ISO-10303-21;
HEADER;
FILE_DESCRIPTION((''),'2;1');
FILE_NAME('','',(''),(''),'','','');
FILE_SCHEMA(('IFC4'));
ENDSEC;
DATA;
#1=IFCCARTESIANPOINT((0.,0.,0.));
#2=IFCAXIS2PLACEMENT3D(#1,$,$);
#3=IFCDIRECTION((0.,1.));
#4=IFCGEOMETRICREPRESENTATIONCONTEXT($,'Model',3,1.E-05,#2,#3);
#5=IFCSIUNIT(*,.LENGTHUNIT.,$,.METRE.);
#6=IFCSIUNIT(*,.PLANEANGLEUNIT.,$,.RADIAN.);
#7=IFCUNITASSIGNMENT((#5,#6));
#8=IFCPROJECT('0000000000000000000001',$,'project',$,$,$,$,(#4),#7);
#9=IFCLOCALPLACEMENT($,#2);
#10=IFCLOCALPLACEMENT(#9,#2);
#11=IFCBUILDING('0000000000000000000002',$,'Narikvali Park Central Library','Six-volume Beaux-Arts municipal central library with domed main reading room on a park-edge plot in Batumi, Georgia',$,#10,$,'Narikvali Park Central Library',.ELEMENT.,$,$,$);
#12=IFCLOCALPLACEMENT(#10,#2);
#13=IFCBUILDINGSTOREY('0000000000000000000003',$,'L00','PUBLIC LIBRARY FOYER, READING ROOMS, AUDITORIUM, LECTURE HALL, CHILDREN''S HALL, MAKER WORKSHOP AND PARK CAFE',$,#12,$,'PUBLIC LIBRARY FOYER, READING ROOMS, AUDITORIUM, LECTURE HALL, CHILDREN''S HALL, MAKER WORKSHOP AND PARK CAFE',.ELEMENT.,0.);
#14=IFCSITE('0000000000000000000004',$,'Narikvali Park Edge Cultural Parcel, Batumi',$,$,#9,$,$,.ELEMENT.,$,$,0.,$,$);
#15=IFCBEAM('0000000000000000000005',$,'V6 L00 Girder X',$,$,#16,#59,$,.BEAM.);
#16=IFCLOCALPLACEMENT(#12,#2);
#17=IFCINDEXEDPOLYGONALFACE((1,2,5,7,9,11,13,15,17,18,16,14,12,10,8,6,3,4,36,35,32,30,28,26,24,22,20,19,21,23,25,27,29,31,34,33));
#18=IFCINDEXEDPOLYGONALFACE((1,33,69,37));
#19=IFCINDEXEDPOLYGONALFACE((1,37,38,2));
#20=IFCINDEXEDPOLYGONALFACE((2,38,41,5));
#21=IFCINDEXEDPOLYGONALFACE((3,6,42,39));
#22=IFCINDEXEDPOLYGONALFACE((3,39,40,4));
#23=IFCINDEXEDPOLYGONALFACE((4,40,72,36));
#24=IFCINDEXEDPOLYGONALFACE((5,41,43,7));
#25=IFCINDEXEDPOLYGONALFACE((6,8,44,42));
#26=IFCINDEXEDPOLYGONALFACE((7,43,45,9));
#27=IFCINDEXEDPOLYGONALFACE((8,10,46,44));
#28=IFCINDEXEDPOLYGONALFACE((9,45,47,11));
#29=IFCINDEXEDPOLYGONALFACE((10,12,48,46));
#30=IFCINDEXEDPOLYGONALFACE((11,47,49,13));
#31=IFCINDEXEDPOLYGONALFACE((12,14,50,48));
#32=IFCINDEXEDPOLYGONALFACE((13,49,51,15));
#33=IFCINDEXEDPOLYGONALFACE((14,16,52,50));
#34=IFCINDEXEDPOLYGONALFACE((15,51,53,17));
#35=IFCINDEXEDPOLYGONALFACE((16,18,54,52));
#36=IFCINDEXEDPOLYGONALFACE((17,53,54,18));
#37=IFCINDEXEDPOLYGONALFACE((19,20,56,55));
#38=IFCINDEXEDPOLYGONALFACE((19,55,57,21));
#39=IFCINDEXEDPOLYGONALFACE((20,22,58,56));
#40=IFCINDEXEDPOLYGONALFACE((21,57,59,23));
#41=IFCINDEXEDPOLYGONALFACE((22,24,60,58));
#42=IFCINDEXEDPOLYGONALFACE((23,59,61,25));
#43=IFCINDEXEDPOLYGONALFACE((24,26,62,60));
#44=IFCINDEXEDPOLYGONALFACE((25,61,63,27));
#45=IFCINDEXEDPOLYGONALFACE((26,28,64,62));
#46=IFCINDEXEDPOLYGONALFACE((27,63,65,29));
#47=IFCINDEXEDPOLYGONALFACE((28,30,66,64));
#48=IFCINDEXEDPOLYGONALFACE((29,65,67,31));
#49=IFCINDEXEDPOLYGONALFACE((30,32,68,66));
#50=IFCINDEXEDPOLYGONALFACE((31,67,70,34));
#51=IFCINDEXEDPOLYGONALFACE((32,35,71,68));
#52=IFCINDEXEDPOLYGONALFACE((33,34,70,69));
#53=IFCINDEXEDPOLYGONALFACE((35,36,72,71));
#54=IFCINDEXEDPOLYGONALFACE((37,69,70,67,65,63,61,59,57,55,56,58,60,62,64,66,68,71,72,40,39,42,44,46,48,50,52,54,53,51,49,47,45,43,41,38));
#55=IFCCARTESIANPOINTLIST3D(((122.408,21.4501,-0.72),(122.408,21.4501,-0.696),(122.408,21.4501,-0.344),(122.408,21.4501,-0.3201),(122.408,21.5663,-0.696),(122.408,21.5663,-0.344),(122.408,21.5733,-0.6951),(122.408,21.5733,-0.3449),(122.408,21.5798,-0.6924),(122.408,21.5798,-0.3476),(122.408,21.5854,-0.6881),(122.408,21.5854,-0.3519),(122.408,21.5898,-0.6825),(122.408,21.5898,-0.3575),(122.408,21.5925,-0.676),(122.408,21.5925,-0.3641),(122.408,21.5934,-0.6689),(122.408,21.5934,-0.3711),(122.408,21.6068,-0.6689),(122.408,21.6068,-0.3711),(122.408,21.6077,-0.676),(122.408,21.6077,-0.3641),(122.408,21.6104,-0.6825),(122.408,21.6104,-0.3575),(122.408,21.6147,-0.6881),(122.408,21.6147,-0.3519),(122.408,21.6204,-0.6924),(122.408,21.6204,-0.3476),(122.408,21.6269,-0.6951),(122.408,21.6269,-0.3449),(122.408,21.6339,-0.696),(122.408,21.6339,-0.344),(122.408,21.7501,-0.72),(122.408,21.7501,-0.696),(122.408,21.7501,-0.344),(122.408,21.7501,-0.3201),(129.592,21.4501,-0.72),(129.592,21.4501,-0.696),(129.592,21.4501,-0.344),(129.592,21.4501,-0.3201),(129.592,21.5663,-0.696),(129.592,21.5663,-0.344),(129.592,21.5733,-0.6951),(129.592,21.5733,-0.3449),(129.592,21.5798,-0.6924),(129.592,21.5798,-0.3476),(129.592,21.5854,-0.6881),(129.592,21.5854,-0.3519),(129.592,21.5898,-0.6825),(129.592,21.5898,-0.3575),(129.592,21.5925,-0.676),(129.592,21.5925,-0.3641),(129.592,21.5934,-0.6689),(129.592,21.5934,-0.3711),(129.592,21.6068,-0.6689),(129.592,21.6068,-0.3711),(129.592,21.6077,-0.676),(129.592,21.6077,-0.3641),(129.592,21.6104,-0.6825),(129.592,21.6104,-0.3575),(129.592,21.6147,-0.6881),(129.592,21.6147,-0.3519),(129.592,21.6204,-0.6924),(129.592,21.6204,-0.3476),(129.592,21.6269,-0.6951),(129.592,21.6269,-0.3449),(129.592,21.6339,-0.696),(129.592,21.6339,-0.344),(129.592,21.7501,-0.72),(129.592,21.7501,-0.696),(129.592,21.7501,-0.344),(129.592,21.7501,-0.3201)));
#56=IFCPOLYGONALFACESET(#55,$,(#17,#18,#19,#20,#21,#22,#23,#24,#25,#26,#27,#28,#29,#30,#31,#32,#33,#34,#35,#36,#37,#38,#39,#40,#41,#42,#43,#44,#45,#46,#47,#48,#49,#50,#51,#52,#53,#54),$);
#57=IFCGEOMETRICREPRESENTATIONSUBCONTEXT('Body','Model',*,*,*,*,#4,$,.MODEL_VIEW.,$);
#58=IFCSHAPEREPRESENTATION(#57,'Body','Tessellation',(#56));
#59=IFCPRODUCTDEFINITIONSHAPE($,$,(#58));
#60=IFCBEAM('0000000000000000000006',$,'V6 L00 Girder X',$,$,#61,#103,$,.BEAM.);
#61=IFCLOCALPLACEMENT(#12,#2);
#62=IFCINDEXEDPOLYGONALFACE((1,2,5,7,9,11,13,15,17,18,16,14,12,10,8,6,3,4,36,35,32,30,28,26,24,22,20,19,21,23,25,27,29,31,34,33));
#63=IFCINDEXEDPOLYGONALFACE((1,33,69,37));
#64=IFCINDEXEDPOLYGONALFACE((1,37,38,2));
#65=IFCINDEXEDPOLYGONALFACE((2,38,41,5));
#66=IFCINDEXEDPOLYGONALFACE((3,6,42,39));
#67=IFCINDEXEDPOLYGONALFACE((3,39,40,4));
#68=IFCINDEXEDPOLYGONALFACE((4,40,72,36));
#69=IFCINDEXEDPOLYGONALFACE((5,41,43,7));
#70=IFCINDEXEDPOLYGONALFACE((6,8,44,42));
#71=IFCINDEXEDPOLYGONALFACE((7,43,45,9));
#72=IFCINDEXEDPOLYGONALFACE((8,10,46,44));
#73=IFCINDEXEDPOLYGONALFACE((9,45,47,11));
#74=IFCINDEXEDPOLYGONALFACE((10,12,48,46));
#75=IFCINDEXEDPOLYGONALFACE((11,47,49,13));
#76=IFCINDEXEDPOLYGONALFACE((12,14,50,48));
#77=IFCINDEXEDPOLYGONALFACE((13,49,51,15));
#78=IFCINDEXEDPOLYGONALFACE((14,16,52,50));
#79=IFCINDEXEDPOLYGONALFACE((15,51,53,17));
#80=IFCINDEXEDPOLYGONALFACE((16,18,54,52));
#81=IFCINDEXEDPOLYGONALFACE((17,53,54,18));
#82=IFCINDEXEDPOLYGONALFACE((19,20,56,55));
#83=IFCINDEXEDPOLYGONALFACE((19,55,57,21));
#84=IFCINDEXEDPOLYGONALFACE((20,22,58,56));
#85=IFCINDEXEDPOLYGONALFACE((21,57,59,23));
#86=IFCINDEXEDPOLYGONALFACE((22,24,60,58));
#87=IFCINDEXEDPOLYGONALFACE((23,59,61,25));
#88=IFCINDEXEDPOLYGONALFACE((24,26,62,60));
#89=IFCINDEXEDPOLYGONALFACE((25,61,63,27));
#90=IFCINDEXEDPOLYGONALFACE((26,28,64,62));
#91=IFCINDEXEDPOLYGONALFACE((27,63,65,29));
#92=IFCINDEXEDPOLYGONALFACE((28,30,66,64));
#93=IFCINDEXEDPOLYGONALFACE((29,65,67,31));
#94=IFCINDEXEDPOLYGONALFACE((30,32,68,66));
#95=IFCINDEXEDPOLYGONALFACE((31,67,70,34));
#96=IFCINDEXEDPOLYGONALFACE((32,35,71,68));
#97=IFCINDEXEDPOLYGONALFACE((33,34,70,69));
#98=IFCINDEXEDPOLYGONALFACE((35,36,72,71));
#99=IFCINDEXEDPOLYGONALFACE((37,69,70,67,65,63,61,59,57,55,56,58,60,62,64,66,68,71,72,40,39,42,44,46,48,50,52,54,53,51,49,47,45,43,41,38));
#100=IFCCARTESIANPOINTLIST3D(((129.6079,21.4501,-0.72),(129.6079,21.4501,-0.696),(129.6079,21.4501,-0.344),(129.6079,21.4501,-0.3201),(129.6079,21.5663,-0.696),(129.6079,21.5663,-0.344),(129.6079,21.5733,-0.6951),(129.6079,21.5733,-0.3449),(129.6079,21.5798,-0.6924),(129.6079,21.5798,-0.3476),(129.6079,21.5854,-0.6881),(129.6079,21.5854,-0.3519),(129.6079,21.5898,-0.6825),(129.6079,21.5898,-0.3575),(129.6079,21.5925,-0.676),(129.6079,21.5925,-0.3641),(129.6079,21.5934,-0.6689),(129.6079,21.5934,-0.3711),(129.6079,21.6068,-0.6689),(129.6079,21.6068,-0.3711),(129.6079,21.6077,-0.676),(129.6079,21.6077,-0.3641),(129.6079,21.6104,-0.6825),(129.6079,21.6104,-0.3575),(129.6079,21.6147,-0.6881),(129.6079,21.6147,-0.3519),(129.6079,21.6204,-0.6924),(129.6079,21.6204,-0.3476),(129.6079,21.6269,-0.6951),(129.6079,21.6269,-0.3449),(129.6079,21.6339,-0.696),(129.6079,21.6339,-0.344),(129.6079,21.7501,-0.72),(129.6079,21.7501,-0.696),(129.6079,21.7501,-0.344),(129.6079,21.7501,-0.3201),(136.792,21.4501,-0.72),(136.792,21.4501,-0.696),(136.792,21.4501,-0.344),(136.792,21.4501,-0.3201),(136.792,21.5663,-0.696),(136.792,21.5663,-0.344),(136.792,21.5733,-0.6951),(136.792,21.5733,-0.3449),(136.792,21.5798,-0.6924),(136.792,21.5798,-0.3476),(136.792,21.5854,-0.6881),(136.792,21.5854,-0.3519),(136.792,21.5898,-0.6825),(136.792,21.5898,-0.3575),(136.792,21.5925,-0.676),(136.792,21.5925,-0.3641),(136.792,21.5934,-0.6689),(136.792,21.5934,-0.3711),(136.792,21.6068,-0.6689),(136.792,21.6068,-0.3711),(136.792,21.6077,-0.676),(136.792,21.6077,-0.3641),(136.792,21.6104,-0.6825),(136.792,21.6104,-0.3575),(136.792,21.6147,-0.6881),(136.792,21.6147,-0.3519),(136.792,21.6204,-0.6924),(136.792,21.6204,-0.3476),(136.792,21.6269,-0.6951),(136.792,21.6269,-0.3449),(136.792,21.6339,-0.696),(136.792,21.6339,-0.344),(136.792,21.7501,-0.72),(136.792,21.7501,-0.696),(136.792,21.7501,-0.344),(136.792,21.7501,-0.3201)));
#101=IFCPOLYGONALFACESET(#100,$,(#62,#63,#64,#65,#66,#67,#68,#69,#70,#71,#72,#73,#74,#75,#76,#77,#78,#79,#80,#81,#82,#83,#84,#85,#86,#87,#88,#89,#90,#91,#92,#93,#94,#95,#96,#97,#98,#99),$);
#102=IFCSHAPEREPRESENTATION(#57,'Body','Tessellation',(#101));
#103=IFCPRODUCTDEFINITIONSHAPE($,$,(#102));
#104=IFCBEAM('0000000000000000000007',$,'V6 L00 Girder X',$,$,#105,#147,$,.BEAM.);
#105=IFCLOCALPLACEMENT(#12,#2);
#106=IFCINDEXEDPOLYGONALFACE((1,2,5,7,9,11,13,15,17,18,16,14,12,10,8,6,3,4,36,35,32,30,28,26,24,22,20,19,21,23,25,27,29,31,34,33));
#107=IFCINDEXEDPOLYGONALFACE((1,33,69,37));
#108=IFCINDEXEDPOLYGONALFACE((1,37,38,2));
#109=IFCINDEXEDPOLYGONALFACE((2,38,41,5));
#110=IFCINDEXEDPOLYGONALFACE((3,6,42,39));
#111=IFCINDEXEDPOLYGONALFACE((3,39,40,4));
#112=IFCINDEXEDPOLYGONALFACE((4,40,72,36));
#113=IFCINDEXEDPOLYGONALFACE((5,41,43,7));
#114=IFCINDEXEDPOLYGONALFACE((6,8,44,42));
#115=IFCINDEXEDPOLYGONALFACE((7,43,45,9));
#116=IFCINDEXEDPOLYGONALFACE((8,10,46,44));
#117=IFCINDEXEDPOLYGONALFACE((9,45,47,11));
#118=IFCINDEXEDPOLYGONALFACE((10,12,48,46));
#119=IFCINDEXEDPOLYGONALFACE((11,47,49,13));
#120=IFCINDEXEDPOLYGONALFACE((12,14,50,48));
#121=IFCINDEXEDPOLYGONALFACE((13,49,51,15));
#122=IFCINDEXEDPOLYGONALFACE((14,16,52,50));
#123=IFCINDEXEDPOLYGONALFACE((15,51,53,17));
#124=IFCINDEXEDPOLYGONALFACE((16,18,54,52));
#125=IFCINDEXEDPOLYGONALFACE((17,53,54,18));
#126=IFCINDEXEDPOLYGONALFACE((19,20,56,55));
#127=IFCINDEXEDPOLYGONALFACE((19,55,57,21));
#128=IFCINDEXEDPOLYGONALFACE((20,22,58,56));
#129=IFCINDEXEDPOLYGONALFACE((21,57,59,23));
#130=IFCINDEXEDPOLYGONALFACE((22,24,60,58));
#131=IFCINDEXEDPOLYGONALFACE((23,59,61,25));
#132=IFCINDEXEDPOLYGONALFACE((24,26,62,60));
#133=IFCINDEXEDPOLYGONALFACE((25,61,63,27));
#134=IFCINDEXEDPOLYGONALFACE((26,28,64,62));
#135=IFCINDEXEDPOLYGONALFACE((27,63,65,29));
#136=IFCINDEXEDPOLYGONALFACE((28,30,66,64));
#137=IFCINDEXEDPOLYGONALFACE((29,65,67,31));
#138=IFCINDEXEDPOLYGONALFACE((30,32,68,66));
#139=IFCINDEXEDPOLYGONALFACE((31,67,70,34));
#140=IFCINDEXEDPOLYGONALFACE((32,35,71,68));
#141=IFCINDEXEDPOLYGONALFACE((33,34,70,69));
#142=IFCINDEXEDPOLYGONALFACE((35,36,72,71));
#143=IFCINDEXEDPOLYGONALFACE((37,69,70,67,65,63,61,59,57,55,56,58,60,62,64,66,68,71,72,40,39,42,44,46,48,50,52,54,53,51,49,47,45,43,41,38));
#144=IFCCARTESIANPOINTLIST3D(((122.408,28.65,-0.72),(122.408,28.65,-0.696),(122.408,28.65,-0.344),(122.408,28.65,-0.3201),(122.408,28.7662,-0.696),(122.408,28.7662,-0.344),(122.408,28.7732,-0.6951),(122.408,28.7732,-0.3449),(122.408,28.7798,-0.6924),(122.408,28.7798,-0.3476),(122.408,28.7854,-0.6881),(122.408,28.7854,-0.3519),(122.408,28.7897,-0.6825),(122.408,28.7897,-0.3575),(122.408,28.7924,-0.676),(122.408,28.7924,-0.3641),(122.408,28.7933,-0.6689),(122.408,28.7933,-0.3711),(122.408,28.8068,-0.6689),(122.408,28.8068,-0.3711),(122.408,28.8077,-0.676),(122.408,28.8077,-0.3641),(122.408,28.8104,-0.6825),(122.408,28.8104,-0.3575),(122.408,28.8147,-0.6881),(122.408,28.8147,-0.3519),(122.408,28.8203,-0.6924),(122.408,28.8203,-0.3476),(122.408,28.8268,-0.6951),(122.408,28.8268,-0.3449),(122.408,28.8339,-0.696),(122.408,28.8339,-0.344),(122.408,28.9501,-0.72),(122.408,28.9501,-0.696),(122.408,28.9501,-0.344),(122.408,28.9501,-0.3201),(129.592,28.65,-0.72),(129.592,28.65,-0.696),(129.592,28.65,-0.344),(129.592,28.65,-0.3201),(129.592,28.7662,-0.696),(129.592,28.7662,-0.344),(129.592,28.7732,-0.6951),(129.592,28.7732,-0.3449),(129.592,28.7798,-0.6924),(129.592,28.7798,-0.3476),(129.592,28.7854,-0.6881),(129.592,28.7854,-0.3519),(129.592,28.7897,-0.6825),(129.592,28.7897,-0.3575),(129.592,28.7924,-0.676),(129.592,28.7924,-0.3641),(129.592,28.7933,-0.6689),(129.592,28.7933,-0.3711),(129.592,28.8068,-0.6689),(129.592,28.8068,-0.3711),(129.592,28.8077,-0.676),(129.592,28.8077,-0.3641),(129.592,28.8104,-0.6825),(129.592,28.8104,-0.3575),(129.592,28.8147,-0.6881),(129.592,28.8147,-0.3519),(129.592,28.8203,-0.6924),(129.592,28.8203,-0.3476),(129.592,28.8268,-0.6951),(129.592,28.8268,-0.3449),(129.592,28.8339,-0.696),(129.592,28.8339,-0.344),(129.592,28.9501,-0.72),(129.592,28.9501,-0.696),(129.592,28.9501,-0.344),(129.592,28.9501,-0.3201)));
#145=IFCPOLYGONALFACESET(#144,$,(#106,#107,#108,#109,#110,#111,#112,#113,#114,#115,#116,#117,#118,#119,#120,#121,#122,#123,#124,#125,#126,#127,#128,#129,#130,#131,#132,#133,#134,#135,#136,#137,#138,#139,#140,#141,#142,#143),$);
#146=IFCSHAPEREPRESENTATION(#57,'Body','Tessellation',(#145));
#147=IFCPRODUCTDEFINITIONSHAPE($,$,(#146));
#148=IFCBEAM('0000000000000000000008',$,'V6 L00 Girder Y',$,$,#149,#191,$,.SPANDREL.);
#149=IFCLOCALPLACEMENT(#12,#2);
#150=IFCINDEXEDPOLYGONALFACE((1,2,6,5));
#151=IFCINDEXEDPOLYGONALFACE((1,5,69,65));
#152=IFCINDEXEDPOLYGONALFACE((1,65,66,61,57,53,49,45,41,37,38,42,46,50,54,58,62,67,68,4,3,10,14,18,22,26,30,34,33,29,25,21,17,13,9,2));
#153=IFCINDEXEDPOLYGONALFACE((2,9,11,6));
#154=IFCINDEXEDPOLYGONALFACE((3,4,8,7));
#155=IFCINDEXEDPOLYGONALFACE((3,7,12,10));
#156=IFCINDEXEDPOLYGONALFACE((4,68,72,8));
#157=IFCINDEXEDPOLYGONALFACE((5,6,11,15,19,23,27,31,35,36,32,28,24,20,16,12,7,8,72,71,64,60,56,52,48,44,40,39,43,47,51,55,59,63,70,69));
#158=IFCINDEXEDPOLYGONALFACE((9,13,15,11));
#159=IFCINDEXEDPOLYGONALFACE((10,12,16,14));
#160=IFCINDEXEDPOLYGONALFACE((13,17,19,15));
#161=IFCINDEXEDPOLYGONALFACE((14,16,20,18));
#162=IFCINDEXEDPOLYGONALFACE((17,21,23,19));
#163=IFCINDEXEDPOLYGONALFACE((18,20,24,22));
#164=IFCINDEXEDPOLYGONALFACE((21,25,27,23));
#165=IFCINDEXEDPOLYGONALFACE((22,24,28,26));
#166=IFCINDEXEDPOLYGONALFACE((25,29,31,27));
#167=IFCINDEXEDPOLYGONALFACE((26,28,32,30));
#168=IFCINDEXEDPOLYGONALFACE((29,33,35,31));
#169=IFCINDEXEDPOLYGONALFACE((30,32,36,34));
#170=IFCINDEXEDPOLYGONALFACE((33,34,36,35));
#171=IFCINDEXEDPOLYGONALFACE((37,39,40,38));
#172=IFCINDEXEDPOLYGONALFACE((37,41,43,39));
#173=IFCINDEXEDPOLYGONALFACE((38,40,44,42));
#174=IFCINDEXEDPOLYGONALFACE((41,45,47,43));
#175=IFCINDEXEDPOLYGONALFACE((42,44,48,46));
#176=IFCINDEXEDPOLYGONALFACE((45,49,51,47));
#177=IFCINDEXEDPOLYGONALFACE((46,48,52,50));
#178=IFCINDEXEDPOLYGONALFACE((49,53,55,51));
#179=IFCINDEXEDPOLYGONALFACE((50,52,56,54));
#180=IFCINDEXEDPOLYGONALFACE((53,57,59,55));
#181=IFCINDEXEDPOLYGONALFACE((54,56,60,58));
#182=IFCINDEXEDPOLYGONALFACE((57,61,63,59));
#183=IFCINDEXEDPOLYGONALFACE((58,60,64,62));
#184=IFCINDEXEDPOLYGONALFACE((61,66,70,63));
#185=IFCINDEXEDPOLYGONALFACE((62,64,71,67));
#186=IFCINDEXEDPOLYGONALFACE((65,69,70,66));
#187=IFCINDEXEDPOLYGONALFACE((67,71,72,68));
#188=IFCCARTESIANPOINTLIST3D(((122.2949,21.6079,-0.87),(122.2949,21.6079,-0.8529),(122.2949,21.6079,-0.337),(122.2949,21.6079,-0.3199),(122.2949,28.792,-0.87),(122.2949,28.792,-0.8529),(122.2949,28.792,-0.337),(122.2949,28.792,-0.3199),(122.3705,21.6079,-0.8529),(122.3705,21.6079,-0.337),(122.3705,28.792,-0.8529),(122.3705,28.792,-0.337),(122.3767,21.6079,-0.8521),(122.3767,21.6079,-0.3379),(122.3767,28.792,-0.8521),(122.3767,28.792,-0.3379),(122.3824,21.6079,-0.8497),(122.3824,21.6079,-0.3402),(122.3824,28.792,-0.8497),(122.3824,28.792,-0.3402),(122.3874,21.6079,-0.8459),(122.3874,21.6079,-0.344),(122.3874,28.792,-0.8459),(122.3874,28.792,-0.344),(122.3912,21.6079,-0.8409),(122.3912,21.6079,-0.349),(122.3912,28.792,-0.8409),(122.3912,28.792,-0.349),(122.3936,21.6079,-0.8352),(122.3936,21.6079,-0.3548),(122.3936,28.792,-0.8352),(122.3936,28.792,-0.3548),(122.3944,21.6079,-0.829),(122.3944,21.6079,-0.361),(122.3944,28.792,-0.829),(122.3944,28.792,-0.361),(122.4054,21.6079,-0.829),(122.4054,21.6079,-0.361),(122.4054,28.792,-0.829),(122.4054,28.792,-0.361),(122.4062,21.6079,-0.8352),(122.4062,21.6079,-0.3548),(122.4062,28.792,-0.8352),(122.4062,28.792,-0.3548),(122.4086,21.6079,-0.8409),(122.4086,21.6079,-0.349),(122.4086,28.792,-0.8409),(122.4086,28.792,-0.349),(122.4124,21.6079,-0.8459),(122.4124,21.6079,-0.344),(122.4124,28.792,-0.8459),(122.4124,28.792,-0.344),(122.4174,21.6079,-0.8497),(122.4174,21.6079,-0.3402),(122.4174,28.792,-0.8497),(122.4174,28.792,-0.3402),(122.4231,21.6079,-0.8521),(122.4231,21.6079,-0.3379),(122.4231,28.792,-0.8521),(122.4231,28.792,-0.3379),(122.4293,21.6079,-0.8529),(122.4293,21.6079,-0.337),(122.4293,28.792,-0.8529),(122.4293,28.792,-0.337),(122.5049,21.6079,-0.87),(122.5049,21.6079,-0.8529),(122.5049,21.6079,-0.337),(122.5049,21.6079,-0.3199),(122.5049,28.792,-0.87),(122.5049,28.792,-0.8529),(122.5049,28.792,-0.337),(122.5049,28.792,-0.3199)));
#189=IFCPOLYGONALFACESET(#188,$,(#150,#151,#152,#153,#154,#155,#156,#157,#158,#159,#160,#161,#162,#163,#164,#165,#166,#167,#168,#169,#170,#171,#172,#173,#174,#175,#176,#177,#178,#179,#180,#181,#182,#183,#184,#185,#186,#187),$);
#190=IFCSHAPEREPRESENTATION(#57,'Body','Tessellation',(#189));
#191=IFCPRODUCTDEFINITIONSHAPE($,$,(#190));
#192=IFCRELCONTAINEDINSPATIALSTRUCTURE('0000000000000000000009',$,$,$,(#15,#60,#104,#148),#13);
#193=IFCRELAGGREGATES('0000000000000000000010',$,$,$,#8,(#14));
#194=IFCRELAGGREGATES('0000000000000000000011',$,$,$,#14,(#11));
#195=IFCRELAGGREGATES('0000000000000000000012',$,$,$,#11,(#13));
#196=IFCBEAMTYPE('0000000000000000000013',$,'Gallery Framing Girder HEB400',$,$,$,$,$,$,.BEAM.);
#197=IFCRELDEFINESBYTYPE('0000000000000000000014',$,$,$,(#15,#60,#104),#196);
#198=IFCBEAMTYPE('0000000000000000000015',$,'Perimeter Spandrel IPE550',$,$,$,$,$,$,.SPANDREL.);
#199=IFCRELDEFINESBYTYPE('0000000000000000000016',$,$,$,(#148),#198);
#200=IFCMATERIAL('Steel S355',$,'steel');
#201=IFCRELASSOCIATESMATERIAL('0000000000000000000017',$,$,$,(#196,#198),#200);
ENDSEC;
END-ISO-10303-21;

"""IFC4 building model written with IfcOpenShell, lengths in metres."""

from ifc_helpers import new_model, si_unit, direction, frame, origin, origin_2d, place, context, subcontext, project, spatial, i_section, extrude, material, material_profile, profile_set, type_object, element, save


model = new_model("IFC4")

# Units and contexts
model_context = context("Model", 3, precision=1e-05, world=origin(), true_north=direction((0.0, 1.0)))
body_context = subcontext(model_context, "Body", "Model", "MODEL_VIEW")
ifc_project = project(units=[si_unit("LENGTHUNIT", "METRE"), si_unit("PLANEANGLEUNIT", "RADIAN")], contexts=[model_context])

# Site, building, storey
site_placement = place(None, origin())
site = spatial("IfcSite", under=ifc_project, at=site_placement, Name="Narikvali Park Edge Cultural Parcel, Batumi", CompositionType="ELEMENT", RefElevation=0.0)
building_placement = place(site_placement, origin())
building = spatial("IfcBuilding", under=site, at=building_placement, Name="Narikvali Park Central Library", Description="Six-volume Beaux-Arts municipal central library with domed main reading room on a park-edge plot in Batumi, Georgia", LongName="Narikvali Park Central Library", CompositionType="ELEMENT")
storey_placement = place(building_placement, origin())
storey = spatial("IfcBuildingStorey", under=building, at=storey_placement, Name="L00", Description="PUBLIC LIBRARY FOYER, READING ROOMS, AUDITORIUM, LECTURE HALL, CHILDREN'S HALL, MAKER WORKSHOP AND PARK CAFE", LongName="PUBLIC LIBRARY FOYER, READING ROOMS, AUDITORIUM, LECTURE HALL, CHILDREN'S HALL, MAKER WORKSHOP AND PARK CAFE", CompositionType="ELEMENT", Elevation=0.0)

# Shared definitions
ifc_material_1 = material(Name="Steel S355", Category="steel")

# Beams
ifc_material_profile_1 = material_profile(ifc_material_1, i_section(OverallWidth=0.3, OverallDepth=0.3999, WebThickness=0.0134, FlangeThickness=0.0239, FilletRadius=0.0271, at=origin_2d()), Name="HEB 400")
ifc_profile_set_1 = profile_set([ifc_material_profile_1], Name="Steel S355")
beam_type_1 = type_object("IfcBeamType", Name="Gallery Framing Girder HEB400", PredefinedType="BEAM", material=ifc_profile_set_1)
for number, where, z_axis, x_axis, name in (
    (1, (122.408, 21.6001, -0.52), (1.0, 0.0, 0.0), (0.0, 1.0, 0.0), "V6 L00 Girder X"),
    (2, (129.6079, 21.6001, -0.52), (1.0, 0.0, 0.0), (0.0, 1.0, 0.0), "V6 L00 Girder X"),
    (3, (122.408, 28.8, -0.52), (1.0, 0.0, 0.0), (0.0, 1.0, 0.0), "V6 L00 Girder X"),
):
    element("IfcBeam", number, at=place(storey_placement, frame(where, z_axis=z_axis, x_axis=x_axis)), inside=storey, type_object=beam_type_1, Name=name, PredefinedType="BEAM", context=body_context, shape_type="SweptSolid", body=[
        extrude(i_section(OverallWidth=0.3, OverallDepth=0.3999, WebThickness=0.0134, FlangeThickness=0.0239, FilletRadius=0.0271, at=origin_2d()), origin(), (0.0, 0.0, 1.0), 7.1841),
    ])
ifc_material_profile_2 = material_profile(ifc_material_1, i_section(OverallWidth=0.21, OverallDepth=0.55, WebThickness=0.011, FlangeThickness=0.0171, FilletRadius=0.0239, at=origin_2d()), Name="IPE 550")
ifc_profile_set_2 = profile_set([ifc_material_profile_2], Name="Steel S355")
beam_type_2 = type_object("IfcBeamType", Name="Perimeter Spandrel IPE550", PredefinedType="SPANDREL", material=ifc_profile_set_2)
beam_1_placement = place(storey_placement, frame((122.3999, 21.6079, -0.595), z_axis=(0.0, 1.0, 0.0), x_axis=(-1.0, 0.0, 0.0)))
element("IfcBeam", 4, at=beam_1_placement, inside=storey, type_object=beam_type_2, Name="V6 L00 Girder Y", PredefinedType="SPANDREL", context=body_context, shape_type="SweptSolid", body=[
    extrude(i_section(OverallWidth=0.21, OverallDepth=0.55, WebThickness=0.011, FlangeThickness=0.0171, FilletRadius=0.0239, at=origin_2d()), origin(), (0.0, 0.0, 1.0), 7.1841),
])

save(model, "model.ifc")
